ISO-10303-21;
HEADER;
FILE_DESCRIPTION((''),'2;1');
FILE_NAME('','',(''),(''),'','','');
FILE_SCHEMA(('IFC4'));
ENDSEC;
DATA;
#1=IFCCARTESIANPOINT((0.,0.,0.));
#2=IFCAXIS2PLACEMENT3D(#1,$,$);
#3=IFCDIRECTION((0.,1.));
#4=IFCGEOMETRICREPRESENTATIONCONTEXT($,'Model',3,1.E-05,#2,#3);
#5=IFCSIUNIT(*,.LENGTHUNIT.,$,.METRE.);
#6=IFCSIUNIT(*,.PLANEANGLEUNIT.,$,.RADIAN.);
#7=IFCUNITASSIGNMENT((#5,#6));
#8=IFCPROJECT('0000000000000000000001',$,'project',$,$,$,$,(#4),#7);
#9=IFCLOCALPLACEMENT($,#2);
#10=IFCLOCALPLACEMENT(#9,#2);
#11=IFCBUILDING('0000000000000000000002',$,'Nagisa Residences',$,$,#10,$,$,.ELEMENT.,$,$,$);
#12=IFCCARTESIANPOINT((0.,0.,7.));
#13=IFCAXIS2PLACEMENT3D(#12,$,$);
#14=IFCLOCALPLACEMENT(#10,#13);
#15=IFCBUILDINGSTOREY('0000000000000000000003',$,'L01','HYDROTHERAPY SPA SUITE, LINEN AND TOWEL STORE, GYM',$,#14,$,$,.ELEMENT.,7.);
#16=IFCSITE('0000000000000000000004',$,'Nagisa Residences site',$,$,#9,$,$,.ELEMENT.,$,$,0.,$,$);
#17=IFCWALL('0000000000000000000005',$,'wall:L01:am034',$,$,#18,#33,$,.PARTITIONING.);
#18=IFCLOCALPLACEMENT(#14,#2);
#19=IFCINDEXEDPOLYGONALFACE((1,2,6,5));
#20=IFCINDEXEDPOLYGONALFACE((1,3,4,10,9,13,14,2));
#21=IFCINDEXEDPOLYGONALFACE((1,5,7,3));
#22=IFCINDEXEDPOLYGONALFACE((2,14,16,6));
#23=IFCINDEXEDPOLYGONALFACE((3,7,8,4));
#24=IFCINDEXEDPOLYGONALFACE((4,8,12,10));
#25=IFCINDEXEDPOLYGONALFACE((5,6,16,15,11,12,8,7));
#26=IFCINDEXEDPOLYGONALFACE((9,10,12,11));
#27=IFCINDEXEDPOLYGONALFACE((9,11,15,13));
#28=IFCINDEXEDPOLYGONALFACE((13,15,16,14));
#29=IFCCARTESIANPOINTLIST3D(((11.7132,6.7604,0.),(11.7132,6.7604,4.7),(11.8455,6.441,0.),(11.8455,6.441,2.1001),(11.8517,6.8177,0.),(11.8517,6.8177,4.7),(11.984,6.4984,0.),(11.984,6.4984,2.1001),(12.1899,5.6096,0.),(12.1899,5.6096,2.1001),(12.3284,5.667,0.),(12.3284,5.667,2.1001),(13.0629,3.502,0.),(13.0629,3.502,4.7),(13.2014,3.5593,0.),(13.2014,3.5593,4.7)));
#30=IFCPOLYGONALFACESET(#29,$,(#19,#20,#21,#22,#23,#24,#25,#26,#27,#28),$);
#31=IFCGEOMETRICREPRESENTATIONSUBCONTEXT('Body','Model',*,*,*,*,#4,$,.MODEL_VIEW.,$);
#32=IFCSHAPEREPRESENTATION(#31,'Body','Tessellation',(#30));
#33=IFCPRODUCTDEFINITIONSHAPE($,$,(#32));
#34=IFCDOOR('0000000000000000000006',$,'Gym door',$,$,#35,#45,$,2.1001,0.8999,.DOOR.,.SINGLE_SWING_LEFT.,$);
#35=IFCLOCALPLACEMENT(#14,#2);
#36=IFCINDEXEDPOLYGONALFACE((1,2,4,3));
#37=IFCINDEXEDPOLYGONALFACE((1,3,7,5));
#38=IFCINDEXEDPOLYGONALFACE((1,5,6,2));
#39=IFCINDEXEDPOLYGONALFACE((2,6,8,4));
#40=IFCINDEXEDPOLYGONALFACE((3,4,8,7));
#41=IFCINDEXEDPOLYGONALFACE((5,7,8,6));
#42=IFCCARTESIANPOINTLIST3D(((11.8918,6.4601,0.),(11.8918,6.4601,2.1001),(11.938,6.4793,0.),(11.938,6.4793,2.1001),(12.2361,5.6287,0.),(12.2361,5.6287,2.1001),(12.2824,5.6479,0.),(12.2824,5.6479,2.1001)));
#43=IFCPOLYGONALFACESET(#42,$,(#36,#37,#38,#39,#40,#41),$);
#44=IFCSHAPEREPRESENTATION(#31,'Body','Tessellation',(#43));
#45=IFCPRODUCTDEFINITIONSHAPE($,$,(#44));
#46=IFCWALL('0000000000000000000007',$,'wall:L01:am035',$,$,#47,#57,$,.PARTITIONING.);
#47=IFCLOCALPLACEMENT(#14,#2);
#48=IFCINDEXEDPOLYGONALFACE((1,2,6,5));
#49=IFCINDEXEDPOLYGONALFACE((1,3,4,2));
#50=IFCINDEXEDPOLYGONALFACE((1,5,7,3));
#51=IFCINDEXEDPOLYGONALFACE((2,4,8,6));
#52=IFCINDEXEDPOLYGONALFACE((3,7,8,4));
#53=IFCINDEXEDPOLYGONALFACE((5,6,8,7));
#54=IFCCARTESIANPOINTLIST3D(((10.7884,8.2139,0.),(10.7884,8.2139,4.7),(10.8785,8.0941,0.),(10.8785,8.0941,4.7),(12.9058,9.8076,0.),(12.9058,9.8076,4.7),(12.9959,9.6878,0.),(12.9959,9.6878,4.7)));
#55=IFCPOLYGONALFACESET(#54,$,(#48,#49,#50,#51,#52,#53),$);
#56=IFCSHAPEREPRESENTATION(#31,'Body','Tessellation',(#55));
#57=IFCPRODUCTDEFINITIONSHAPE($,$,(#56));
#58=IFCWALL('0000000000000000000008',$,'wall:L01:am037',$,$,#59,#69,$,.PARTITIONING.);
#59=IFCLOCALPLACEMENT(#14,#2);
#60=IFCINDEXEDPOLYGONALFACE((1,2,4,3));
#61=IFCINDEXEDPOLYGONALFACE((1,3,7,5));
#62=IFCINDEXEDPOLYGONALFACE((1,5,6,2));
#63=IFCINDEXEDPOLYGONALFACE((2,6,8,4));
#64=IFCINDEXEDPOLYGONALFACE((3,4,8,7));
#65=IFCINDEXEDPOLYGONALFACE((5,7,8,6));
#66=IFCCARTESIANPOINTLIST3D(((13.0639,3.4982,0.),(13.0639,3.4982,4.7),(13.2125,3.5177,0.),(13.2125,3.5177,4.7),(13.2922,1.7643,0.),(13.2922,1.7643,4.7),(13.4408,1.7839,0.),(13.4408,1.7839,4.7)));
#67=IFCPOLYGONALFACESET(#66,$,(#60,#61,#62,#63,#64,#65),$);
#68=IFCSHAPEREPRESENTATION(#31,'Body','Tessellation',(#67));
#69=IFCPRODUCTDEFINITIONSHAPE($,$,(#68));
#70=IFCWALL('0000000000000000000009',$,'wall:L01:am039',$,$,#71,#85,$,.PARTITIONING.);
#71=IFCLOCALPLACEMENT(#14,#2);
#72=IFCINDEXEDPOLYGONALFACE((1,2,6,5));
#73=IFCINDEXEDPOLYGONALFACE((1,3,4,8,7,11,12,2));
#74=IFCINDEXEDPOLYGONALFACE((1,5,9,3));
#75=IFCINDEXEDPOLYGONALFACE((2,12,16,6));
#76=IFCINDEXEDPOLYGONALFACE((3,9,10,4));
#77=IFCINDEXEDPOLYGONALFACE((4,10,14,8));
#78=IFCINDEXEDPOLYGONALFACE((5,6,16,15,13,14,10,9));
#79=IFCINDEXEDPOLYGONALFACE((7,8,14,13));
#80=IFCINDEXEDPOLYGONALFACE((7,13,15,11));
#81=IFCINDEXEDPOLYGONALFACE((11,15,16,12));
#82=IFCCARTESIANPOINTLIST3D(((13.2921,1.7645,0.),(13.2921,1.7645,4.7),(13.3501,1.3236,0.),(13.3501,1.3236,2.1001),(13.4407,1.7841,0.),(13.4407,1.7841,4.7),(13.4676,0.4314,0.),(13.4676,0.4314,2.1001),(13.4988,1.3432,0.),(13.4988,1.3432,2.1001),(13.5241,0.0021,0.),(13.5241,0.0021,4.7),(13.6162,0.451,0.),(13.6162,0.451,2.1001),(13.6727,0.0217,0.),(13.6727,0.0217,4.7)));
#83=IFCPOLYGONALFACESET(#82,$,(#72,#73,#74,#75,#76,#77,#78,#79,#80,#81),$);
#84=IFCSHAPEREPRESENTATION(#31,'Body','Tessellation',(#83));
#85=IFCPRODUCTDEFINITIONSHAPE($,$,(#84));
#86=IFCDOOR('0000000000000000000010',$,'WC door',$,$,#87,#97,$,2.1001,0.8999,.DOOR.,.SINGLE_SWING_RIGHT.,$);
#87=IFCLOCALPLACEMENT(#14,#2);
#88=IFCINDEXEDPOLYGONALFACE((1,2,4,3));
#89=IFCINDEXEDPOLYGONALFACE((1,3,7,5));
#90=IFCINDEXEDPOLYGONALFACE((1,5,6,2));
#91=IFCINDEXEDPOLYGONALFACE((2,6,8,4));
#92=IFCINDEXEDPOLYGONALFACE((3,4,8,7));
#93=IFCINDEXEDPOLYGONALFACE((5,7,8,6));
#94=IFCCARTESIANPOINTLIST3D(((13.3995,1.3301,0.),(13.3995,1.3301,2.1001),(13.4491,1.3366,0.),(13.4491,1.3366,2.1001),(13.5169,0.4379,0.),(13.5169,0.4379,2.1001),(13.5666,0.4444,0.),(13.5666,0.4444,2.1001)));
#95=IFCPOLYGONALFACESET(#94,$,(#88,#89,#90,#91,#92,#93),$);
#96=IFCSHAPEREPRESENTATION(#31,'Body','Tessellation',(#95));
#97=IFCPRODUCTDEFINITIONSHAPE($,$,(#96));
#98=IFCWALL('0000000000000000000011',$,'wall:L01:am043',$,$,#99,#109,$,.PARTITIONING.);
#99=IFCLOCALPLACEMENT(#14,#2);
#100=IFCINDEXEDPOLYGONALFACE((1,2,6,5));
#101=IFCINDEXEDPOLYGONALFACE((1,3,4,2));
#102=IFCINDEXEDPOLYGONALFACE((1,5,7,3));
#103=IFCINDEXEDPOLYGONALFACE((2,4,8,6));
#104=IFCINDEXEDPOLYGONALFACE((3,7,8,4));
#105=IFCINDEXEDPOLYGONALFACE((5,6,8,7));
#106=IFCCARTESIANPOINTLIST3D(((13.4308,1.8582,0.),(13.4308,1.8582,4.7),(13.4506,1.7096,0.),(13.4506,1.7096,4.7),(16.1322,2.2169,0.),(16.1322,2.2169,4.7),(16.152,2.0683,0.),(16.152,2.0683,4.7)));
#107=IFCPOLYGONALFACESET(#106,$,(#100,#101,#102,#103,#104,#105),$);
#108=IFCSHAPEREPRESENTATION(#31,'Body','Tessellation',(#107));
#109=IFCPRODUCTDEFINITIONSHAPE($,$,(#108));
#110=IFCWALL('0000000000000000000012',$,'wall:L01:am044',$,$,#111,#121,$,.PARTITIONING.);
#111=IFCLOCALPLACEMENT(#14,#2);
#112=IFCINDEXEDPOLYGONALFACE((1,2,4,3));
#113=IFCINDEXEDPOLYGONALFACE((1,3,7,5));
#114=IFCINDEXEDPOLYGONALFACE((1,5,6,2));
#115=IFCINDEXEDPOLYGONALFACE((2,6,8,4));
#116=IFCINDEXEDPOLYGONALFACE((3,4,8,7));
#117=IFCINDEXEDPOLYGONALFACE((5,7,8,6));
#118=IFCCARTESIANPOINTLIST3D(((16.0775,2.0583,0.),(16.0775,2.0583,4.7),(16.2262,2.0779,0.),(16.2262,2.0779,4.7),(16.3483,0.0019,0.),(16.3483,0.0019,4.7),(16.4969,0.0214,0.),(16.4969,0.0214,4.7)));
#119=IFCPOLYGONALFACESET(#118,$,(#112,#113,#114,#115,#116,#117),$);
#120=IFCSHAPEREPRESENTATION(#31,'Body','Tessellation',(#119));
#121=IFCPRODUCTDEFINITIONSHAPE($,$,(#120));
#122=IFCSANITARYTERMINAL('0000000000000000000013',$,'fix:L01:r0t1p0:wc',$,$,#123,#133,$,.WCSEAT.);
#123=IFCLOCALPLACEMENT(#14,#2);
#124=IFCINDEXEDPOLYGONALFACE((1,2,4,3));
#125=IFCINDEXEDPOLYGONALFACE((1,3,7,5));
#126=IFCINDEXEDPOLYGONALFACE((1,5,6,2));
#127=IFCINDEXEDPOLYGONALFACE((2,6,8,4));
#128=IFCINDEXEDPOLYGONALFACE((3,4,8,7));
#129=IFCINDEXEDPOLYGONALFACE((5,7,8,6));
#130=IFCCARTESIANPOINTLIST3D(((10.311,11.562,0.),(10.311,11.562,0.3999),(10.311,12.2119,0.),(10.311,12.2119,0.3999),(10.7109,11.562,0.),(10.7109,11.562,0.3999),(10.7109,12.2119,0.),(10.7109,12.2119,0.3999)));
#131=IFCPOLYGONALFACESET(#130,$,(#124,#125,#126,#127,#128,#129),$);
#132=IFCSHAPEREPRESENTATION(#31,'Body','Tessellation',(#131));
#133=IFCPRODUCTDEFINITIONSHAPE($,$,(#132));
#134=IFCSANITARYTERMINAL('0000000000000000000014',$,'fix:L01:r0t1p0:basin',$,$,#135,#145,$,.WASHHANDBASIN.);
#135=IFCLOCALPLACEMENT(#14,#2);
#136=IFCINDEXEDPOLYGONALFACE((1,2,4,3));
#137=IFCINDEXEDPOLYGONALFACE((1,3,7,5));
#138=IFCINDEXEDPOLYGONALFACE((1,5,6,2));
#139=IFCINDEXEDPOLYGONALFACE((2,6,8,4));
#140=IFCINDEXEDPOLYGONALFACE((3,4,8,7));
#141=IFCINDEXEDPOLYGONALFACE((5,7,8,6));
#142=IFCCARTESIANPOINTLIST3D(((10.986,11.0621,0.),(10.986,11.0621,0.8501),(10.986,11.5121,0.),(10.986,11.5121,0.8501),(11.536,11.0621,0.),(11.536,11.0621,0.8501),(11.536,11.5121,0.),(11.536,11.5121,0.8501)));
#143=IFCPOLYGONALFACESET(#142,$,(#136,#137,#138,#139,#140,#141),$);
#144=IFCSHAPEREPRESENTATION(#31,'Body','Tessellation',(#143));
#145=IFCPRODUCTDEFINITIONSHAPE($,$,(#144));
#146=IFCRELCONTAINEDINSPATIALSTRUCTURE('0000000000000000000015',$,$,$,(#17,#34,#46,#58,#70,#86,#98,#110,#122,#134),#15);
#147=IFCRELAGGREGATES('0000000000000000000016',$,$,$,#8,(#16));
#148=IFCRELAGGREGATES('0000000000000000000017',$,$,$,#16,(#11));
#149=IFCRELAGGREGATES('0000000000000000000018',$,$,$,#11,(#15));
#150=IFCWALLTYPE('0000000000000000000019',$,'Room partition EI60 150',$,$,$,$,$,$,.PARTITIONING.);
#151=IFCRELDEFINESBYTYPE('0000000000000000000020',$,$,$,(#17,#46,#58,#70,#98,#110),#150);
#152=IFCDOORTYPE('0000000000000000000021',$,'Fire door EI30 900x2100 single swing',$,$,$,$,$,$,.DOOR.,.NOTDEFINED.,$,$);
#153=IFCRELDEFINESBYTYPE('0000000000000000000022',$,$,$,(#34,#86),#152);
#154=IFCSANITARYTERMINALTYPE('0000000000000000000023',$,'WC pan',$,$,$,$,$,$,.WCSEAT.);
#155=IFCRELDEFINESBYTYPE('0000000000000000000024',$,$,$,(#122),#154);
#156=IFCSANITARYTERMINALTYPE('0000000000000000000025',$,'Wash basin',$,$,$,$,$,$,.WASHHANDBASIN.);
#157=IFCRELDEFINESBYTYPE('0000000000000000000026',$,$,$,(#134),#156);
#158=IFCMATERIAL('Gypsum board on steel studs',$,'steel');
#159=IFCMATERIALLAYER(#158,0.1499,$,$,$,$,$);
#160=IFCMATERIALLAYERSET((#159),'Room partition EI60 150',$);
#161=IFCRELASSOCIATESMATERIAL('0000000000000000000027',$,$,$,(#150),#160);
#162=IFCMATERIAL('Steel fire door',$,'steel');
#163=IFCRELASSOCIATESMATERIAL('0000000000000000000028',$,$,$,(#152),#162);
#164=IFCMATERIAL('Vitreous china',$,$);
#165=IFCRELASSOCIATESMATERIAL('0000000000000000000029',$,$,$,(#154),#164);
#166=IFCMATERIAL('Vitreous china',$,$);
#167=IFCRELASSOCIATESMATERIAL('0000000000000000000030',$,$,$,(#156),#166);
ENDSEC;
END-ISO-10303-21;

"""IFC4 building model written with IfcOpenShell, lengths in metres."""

from ifc_helpers import new_model, si_unit, direction, frame, frame_2d, origin, origin_2d, place, context, subcontext, project, spatial, rectangle, extrude, material, layer, layer_set, type_object, element, fill, save


model = new_model("IFC4")

# Units and contexts
model_context = context("Model", 3, precision=1e-05, world=origin(), true_north=direction((0.0, 1.0)))
body_context = subcontext(model_context, "Body", "Model", "MODEL_VIEW")
ifc_project = project(units=[si_unit("LENGTHUNIT", "METRE"), si_unit("PLANEANGLEUNIT", "RADIAN")], contexts=[model_context])

# Site, building, storey
site_placement = place(None, origin())
site = spatial("IfcSite", under=ifc_project, at=site_placement, Name="Nagisa Residences site", CompositionType="ELEMENT", RefElevation=0.0)
building_placement = place(site_placement, origin())
building = spatial("IfcBuilding", under=site, at=building_placement, Name="Nagisa Residences", CompositionType="ELEMENT")
storey_placement = place(building_placement, frame((0.0, 0.0, 7.0)))
storey = spatial("IfcBuildingStorey", under=building, at=storey_placement, Name="L01", Description="HYDROTHERAPY SPA SUITE, LINEN AND TOWEL STORE, GYM", CompositionType="ELEMENT", Elevation=7.0)

# Shared definitions
ifc_material_1 = material(Name="Gypsum board on steel studs", Category="steel")
ifc_layer_1 = layer(ifc_material_1, 0.1499)
ifc_layer_set_1 = layer_set([ifc_layer_1], Name="Room partition EI60 150")
wall_type = type_object("IfcWallType", Name="Room partition EI60 150", PredefinedType="PARTITIONING", material=ifc_layer_set_1)

# Wall, opening, door
wall_1_placement = place(storey_placement, frame((11.7825, 6.7891, 0.0), z_axis=(0.0, 0.0, 1.0), x_axis=(0.382678, -0.923882, 0.0)))
wall_1 = element("IfcWall", 1, at=wall_1_placement, inside=storey, type_object=wall_type, Name="wall:L01:am034", PredefinedType="PARTITIONING", context=body_context, shape_type="SweptSolid", body=[
    extrude(rectangle(XDim=3.5269, YDim=0.1499, at=frame_2d((1.7634, 0.0))), origin(), (0.0, 0.0, 1.0), 4.7),
])
opening_1_placement = place(wall_1_placement, frame((0.3457, 0.0, 0.0)))
opening_1 = element("IfcOpeningElement", 2, at=opening_1_placement, cuts=wall_1, PredefinedType="OPENING", context=body_context, shape_type="SweptSolid", body=[
    extrude(rectangle(XDim=0.8999, YDim=2.1001, at=frame_2d((0.45, 1.05))), frame((0.0, 0.085, 0.0), z_axis=(0.0, -1.0, 0.0), x_axis=(1.0, 0.0, 0.0)), (0.0, 0.0, 1.0), 0.1699),
])
ifc_material_2 = material(Name="Steel fire door", Category="steel")
door_type = type_object("IfcDoorType", Name="Fire door EI30 900x2100 single swing", OperationType="NOTDEFINED", PredefinedType="DOOR", material=ifc_material_2)
door_1_placement = place(opening_1_placement, frame((0.8999, 0.0, 0.0), x_axis=(-1.0, 0.0, 0.0)))
door_1 = element("IfcDoor", 3, at=door_1_placement, inside=storey, type_object=door_type, Name="Gym door", OperationType="SINGLE_SWING_LEFT", OverallHeight=2.1001, OverallWidth=0.8999, PredefinedType="DOOR", context=body_context, shape_type="SweptSolid", body=[
    extrude(rectangle(XDim=0.8999, YDim=2.1001, at=frame_2d((0.45, 1.05))), frame((0.0, 0.0249, 0.0), z_axis=(0.0, -1.0, 0.0), x_axis=(1.0, 0.0, 0.0)), (0.0, 0.0, 1.0), 0.05),
])
fill(opening_1, door_1)

# Walls
wall_2_placement = place(storey_placement, frame((12.9509, 9.7478, 0.0), z_axis=(0.0, 0.0, 1.0), x_axis=(-0.798971, -0.60137, 0.0)))
element("IfcWall", 4, at=wall_2_placement, inside=storey, type_object=wall_type, Name="wall:L01:am035", PredefinedType="PARTITIONING", context=body_context, shape_type="SweptSolid", body=[
    extrude(rectangle(XDim=2.6501, YDim=0.1499, at=frame_2d((1.3252, 0.0))), origin(), (0.0, 0.0, 1.0), 4.7),
])
wall_3_placement = place(storey_placement, frame((13.1382, 3.5081, 0.0), z_axis=(0.0, 0.0, 1.0), x_axis=(0.130527, -0.991445, 0.0)))
element("IfcWall", 5, at=wall_3_placement, inside=storey, type_object=wall_type, Name="wall:L01:am037", PredefinedType="PARTITIONING", context=body_context, shape_type="SweptSolid", body=[
    extrude(rectangle(XDim=1.7488, YDim=0.1499, at=frame_2d((0.8745, 0.0))), origin(), (0.0, 0.0, 1.0), 4.7),
])

# Wall, opening, door
wall_4_placement = place(storey_placement, frame((13.3665, 1.7742, 0.0), z_axis=(0.0, 0.0, 1.0), x_axis=(0.130472, -0.991452, 0.0)))
wall_4 = element("IfcWall", 6, at=wall_4_placement, inside=storey, type_object=wall_type, Name="wall:L01:am039", PredefinedType="PARTITIONING", context=body_context, shape_type="SweptSolid", body=[
    extrude(rectangle(XDim=1.7776, YDim=0.1499, at=frame_2d((0.8887, 0.0))), origin(), (0.0, 0.0, 1.0), 4.7),
])
opening_2_placement = place(wall_4_placement, frame((0.4446, 0.0, 0.0)))
opening_2 = element("IfcOpeningElement", 7, at=opening_2_placement, cuts=wall_4, PredefinedType="OPENING", context=body_context, shape_type="SweptSolid", body=[
    extrude(rectangle(XDim=0.8999, YDim=2.1001, at=frame_2d((0.45, 1.05))), frame((0.0, 0.085, 0.0), z_axis=(0.0, -1.0, 0.0), x_axis=(1.0, 0.0, 0.0)), (0.0, 0.0, 1.0), 0.1699),
])
door_2_placement = place(opening_2_placement, origin())
door_2 = element("IfcDoor", 8, at=door_2_placement, inside=storey, type_object=door_type, Name="WC door", OperationType="SINGLE_SWING_RIGHT", OverallHeight=2.1001, OverallWidth=0.8999, PredefinedType="DOOR", context=body_context, shape_type="SweptSolid", body=[
    extrude(rectangle(XDim=0.8999, YDim=2.1001, at=frame_2d((0.45, 1.05))), frame((0.0, 0.0249, 0.0), z_axis=(0.0, -1.0, 0.0), x_axis=(1.0, 0.0, 0.0)), (0.0, 0.0, 1.0), 0.05),
])
fill(opening_2, door_2)

# Walls
wall_5_placement = place(storey_placement, frame((16.1421, 2.1426, 0.0), z_axis=(0.0, 0.0, 1.0), x_axis=(-0.991302, -0.131606, 0.0)))
element("IfcWall", 9, at=wall_5_placement, inside=storey, type_object=wall_type, Name="wall:L01:am043", PredefinedType="PARTITIONING", context=body_context, shape_type="SweptSolid", body=[
    extrude(rectangle(XDim=2.7251, YDim=0.1499, at=frame_2d((1.3625, 0.0))), origin(), (0.0, 0.0, 1.0), 4.7),
])
wall_6_placement = place(storey_placement, frame((16.1519, 2.0681, 0.0), z_axis=(0.0, 0.0, 1.0), x_axis=(0.130537, -0.991443, 0.0)))
element("IfcWall", 10, at=wall_6_placement, inside=storey, type_object=wall_type, Name="wall:L01:am044", PredefinedType="PARTITIONING", context=body_context, shape_type="SweptSolid", body=[
    extrude(rectangle(XDim=2.0742, YDim=0.1499, at=frame_2d((1.0371, 0.0))), origin(), (0.0, 0.0, 1.0), 4.7),
])

# Sanitary terminals
ifc_material_3 = material(Name="Vitreous china")
sanitary_terminal_type_1 = type_object("IfcSanitaryTerminalType", Name="WC pan", PredefinedType="WCSEAT", material=ifc_material_3)
sanitary_terminal_1_placement = place(storey_placement, frame((10.511, 11.887, 0.0), z_axis=(0.0, 0.0, 1.0), x_axis=(1.0, 0.0, 0.0)))
element("IfcSanitaryTerminal", 11, at=sanitary_terminal_1_placement, inside=storey, type_object=sanitary_terminal_type_1, Name="fix:L01:r0t1p0:wc", PredefinedType="WCSEAT", context=body_context, shape_type="SweptSolid", body=[
    extrude(rectangle(XDim=0.3999, YDim=0.6499, at=origin_2d()), origin(), (0.0, 0.0, 1.0), 0.3999),
])
ifc_material_4 = material(Name="Vitreous china")
sanitary_terminal_type_2 = type_object("IfcSanitaryTerminalType", Name="Wash basin", PredefinedType="WASHHANDBASIN", material=ifc_material_4)
sanitary_terminal_2_placement = place(storey_placement, frame((11.261, 11.2871, 0.0), z_axis=(0.0, 0.0, 1.0), x_axis=(1.0, 0.0, 0.0)))
element("IfcSanitaryTerminal", 12, at=sanitary_terminal_2_placement, inside=storey, type_object=sanitary_terminal_type_2, Name="fix:L01:r0t1p0:basin", PredefinedType="WASHHANDBASIN", context=body_context, shape_type="SweptSolid", body=[
    extrude(rectangle(XDim=0.55, YDim=0.45, at=origin_2d()), origin(), (0.0, 0.0, 1.0), 0.8501),
])

save(model, "model.ifc")
